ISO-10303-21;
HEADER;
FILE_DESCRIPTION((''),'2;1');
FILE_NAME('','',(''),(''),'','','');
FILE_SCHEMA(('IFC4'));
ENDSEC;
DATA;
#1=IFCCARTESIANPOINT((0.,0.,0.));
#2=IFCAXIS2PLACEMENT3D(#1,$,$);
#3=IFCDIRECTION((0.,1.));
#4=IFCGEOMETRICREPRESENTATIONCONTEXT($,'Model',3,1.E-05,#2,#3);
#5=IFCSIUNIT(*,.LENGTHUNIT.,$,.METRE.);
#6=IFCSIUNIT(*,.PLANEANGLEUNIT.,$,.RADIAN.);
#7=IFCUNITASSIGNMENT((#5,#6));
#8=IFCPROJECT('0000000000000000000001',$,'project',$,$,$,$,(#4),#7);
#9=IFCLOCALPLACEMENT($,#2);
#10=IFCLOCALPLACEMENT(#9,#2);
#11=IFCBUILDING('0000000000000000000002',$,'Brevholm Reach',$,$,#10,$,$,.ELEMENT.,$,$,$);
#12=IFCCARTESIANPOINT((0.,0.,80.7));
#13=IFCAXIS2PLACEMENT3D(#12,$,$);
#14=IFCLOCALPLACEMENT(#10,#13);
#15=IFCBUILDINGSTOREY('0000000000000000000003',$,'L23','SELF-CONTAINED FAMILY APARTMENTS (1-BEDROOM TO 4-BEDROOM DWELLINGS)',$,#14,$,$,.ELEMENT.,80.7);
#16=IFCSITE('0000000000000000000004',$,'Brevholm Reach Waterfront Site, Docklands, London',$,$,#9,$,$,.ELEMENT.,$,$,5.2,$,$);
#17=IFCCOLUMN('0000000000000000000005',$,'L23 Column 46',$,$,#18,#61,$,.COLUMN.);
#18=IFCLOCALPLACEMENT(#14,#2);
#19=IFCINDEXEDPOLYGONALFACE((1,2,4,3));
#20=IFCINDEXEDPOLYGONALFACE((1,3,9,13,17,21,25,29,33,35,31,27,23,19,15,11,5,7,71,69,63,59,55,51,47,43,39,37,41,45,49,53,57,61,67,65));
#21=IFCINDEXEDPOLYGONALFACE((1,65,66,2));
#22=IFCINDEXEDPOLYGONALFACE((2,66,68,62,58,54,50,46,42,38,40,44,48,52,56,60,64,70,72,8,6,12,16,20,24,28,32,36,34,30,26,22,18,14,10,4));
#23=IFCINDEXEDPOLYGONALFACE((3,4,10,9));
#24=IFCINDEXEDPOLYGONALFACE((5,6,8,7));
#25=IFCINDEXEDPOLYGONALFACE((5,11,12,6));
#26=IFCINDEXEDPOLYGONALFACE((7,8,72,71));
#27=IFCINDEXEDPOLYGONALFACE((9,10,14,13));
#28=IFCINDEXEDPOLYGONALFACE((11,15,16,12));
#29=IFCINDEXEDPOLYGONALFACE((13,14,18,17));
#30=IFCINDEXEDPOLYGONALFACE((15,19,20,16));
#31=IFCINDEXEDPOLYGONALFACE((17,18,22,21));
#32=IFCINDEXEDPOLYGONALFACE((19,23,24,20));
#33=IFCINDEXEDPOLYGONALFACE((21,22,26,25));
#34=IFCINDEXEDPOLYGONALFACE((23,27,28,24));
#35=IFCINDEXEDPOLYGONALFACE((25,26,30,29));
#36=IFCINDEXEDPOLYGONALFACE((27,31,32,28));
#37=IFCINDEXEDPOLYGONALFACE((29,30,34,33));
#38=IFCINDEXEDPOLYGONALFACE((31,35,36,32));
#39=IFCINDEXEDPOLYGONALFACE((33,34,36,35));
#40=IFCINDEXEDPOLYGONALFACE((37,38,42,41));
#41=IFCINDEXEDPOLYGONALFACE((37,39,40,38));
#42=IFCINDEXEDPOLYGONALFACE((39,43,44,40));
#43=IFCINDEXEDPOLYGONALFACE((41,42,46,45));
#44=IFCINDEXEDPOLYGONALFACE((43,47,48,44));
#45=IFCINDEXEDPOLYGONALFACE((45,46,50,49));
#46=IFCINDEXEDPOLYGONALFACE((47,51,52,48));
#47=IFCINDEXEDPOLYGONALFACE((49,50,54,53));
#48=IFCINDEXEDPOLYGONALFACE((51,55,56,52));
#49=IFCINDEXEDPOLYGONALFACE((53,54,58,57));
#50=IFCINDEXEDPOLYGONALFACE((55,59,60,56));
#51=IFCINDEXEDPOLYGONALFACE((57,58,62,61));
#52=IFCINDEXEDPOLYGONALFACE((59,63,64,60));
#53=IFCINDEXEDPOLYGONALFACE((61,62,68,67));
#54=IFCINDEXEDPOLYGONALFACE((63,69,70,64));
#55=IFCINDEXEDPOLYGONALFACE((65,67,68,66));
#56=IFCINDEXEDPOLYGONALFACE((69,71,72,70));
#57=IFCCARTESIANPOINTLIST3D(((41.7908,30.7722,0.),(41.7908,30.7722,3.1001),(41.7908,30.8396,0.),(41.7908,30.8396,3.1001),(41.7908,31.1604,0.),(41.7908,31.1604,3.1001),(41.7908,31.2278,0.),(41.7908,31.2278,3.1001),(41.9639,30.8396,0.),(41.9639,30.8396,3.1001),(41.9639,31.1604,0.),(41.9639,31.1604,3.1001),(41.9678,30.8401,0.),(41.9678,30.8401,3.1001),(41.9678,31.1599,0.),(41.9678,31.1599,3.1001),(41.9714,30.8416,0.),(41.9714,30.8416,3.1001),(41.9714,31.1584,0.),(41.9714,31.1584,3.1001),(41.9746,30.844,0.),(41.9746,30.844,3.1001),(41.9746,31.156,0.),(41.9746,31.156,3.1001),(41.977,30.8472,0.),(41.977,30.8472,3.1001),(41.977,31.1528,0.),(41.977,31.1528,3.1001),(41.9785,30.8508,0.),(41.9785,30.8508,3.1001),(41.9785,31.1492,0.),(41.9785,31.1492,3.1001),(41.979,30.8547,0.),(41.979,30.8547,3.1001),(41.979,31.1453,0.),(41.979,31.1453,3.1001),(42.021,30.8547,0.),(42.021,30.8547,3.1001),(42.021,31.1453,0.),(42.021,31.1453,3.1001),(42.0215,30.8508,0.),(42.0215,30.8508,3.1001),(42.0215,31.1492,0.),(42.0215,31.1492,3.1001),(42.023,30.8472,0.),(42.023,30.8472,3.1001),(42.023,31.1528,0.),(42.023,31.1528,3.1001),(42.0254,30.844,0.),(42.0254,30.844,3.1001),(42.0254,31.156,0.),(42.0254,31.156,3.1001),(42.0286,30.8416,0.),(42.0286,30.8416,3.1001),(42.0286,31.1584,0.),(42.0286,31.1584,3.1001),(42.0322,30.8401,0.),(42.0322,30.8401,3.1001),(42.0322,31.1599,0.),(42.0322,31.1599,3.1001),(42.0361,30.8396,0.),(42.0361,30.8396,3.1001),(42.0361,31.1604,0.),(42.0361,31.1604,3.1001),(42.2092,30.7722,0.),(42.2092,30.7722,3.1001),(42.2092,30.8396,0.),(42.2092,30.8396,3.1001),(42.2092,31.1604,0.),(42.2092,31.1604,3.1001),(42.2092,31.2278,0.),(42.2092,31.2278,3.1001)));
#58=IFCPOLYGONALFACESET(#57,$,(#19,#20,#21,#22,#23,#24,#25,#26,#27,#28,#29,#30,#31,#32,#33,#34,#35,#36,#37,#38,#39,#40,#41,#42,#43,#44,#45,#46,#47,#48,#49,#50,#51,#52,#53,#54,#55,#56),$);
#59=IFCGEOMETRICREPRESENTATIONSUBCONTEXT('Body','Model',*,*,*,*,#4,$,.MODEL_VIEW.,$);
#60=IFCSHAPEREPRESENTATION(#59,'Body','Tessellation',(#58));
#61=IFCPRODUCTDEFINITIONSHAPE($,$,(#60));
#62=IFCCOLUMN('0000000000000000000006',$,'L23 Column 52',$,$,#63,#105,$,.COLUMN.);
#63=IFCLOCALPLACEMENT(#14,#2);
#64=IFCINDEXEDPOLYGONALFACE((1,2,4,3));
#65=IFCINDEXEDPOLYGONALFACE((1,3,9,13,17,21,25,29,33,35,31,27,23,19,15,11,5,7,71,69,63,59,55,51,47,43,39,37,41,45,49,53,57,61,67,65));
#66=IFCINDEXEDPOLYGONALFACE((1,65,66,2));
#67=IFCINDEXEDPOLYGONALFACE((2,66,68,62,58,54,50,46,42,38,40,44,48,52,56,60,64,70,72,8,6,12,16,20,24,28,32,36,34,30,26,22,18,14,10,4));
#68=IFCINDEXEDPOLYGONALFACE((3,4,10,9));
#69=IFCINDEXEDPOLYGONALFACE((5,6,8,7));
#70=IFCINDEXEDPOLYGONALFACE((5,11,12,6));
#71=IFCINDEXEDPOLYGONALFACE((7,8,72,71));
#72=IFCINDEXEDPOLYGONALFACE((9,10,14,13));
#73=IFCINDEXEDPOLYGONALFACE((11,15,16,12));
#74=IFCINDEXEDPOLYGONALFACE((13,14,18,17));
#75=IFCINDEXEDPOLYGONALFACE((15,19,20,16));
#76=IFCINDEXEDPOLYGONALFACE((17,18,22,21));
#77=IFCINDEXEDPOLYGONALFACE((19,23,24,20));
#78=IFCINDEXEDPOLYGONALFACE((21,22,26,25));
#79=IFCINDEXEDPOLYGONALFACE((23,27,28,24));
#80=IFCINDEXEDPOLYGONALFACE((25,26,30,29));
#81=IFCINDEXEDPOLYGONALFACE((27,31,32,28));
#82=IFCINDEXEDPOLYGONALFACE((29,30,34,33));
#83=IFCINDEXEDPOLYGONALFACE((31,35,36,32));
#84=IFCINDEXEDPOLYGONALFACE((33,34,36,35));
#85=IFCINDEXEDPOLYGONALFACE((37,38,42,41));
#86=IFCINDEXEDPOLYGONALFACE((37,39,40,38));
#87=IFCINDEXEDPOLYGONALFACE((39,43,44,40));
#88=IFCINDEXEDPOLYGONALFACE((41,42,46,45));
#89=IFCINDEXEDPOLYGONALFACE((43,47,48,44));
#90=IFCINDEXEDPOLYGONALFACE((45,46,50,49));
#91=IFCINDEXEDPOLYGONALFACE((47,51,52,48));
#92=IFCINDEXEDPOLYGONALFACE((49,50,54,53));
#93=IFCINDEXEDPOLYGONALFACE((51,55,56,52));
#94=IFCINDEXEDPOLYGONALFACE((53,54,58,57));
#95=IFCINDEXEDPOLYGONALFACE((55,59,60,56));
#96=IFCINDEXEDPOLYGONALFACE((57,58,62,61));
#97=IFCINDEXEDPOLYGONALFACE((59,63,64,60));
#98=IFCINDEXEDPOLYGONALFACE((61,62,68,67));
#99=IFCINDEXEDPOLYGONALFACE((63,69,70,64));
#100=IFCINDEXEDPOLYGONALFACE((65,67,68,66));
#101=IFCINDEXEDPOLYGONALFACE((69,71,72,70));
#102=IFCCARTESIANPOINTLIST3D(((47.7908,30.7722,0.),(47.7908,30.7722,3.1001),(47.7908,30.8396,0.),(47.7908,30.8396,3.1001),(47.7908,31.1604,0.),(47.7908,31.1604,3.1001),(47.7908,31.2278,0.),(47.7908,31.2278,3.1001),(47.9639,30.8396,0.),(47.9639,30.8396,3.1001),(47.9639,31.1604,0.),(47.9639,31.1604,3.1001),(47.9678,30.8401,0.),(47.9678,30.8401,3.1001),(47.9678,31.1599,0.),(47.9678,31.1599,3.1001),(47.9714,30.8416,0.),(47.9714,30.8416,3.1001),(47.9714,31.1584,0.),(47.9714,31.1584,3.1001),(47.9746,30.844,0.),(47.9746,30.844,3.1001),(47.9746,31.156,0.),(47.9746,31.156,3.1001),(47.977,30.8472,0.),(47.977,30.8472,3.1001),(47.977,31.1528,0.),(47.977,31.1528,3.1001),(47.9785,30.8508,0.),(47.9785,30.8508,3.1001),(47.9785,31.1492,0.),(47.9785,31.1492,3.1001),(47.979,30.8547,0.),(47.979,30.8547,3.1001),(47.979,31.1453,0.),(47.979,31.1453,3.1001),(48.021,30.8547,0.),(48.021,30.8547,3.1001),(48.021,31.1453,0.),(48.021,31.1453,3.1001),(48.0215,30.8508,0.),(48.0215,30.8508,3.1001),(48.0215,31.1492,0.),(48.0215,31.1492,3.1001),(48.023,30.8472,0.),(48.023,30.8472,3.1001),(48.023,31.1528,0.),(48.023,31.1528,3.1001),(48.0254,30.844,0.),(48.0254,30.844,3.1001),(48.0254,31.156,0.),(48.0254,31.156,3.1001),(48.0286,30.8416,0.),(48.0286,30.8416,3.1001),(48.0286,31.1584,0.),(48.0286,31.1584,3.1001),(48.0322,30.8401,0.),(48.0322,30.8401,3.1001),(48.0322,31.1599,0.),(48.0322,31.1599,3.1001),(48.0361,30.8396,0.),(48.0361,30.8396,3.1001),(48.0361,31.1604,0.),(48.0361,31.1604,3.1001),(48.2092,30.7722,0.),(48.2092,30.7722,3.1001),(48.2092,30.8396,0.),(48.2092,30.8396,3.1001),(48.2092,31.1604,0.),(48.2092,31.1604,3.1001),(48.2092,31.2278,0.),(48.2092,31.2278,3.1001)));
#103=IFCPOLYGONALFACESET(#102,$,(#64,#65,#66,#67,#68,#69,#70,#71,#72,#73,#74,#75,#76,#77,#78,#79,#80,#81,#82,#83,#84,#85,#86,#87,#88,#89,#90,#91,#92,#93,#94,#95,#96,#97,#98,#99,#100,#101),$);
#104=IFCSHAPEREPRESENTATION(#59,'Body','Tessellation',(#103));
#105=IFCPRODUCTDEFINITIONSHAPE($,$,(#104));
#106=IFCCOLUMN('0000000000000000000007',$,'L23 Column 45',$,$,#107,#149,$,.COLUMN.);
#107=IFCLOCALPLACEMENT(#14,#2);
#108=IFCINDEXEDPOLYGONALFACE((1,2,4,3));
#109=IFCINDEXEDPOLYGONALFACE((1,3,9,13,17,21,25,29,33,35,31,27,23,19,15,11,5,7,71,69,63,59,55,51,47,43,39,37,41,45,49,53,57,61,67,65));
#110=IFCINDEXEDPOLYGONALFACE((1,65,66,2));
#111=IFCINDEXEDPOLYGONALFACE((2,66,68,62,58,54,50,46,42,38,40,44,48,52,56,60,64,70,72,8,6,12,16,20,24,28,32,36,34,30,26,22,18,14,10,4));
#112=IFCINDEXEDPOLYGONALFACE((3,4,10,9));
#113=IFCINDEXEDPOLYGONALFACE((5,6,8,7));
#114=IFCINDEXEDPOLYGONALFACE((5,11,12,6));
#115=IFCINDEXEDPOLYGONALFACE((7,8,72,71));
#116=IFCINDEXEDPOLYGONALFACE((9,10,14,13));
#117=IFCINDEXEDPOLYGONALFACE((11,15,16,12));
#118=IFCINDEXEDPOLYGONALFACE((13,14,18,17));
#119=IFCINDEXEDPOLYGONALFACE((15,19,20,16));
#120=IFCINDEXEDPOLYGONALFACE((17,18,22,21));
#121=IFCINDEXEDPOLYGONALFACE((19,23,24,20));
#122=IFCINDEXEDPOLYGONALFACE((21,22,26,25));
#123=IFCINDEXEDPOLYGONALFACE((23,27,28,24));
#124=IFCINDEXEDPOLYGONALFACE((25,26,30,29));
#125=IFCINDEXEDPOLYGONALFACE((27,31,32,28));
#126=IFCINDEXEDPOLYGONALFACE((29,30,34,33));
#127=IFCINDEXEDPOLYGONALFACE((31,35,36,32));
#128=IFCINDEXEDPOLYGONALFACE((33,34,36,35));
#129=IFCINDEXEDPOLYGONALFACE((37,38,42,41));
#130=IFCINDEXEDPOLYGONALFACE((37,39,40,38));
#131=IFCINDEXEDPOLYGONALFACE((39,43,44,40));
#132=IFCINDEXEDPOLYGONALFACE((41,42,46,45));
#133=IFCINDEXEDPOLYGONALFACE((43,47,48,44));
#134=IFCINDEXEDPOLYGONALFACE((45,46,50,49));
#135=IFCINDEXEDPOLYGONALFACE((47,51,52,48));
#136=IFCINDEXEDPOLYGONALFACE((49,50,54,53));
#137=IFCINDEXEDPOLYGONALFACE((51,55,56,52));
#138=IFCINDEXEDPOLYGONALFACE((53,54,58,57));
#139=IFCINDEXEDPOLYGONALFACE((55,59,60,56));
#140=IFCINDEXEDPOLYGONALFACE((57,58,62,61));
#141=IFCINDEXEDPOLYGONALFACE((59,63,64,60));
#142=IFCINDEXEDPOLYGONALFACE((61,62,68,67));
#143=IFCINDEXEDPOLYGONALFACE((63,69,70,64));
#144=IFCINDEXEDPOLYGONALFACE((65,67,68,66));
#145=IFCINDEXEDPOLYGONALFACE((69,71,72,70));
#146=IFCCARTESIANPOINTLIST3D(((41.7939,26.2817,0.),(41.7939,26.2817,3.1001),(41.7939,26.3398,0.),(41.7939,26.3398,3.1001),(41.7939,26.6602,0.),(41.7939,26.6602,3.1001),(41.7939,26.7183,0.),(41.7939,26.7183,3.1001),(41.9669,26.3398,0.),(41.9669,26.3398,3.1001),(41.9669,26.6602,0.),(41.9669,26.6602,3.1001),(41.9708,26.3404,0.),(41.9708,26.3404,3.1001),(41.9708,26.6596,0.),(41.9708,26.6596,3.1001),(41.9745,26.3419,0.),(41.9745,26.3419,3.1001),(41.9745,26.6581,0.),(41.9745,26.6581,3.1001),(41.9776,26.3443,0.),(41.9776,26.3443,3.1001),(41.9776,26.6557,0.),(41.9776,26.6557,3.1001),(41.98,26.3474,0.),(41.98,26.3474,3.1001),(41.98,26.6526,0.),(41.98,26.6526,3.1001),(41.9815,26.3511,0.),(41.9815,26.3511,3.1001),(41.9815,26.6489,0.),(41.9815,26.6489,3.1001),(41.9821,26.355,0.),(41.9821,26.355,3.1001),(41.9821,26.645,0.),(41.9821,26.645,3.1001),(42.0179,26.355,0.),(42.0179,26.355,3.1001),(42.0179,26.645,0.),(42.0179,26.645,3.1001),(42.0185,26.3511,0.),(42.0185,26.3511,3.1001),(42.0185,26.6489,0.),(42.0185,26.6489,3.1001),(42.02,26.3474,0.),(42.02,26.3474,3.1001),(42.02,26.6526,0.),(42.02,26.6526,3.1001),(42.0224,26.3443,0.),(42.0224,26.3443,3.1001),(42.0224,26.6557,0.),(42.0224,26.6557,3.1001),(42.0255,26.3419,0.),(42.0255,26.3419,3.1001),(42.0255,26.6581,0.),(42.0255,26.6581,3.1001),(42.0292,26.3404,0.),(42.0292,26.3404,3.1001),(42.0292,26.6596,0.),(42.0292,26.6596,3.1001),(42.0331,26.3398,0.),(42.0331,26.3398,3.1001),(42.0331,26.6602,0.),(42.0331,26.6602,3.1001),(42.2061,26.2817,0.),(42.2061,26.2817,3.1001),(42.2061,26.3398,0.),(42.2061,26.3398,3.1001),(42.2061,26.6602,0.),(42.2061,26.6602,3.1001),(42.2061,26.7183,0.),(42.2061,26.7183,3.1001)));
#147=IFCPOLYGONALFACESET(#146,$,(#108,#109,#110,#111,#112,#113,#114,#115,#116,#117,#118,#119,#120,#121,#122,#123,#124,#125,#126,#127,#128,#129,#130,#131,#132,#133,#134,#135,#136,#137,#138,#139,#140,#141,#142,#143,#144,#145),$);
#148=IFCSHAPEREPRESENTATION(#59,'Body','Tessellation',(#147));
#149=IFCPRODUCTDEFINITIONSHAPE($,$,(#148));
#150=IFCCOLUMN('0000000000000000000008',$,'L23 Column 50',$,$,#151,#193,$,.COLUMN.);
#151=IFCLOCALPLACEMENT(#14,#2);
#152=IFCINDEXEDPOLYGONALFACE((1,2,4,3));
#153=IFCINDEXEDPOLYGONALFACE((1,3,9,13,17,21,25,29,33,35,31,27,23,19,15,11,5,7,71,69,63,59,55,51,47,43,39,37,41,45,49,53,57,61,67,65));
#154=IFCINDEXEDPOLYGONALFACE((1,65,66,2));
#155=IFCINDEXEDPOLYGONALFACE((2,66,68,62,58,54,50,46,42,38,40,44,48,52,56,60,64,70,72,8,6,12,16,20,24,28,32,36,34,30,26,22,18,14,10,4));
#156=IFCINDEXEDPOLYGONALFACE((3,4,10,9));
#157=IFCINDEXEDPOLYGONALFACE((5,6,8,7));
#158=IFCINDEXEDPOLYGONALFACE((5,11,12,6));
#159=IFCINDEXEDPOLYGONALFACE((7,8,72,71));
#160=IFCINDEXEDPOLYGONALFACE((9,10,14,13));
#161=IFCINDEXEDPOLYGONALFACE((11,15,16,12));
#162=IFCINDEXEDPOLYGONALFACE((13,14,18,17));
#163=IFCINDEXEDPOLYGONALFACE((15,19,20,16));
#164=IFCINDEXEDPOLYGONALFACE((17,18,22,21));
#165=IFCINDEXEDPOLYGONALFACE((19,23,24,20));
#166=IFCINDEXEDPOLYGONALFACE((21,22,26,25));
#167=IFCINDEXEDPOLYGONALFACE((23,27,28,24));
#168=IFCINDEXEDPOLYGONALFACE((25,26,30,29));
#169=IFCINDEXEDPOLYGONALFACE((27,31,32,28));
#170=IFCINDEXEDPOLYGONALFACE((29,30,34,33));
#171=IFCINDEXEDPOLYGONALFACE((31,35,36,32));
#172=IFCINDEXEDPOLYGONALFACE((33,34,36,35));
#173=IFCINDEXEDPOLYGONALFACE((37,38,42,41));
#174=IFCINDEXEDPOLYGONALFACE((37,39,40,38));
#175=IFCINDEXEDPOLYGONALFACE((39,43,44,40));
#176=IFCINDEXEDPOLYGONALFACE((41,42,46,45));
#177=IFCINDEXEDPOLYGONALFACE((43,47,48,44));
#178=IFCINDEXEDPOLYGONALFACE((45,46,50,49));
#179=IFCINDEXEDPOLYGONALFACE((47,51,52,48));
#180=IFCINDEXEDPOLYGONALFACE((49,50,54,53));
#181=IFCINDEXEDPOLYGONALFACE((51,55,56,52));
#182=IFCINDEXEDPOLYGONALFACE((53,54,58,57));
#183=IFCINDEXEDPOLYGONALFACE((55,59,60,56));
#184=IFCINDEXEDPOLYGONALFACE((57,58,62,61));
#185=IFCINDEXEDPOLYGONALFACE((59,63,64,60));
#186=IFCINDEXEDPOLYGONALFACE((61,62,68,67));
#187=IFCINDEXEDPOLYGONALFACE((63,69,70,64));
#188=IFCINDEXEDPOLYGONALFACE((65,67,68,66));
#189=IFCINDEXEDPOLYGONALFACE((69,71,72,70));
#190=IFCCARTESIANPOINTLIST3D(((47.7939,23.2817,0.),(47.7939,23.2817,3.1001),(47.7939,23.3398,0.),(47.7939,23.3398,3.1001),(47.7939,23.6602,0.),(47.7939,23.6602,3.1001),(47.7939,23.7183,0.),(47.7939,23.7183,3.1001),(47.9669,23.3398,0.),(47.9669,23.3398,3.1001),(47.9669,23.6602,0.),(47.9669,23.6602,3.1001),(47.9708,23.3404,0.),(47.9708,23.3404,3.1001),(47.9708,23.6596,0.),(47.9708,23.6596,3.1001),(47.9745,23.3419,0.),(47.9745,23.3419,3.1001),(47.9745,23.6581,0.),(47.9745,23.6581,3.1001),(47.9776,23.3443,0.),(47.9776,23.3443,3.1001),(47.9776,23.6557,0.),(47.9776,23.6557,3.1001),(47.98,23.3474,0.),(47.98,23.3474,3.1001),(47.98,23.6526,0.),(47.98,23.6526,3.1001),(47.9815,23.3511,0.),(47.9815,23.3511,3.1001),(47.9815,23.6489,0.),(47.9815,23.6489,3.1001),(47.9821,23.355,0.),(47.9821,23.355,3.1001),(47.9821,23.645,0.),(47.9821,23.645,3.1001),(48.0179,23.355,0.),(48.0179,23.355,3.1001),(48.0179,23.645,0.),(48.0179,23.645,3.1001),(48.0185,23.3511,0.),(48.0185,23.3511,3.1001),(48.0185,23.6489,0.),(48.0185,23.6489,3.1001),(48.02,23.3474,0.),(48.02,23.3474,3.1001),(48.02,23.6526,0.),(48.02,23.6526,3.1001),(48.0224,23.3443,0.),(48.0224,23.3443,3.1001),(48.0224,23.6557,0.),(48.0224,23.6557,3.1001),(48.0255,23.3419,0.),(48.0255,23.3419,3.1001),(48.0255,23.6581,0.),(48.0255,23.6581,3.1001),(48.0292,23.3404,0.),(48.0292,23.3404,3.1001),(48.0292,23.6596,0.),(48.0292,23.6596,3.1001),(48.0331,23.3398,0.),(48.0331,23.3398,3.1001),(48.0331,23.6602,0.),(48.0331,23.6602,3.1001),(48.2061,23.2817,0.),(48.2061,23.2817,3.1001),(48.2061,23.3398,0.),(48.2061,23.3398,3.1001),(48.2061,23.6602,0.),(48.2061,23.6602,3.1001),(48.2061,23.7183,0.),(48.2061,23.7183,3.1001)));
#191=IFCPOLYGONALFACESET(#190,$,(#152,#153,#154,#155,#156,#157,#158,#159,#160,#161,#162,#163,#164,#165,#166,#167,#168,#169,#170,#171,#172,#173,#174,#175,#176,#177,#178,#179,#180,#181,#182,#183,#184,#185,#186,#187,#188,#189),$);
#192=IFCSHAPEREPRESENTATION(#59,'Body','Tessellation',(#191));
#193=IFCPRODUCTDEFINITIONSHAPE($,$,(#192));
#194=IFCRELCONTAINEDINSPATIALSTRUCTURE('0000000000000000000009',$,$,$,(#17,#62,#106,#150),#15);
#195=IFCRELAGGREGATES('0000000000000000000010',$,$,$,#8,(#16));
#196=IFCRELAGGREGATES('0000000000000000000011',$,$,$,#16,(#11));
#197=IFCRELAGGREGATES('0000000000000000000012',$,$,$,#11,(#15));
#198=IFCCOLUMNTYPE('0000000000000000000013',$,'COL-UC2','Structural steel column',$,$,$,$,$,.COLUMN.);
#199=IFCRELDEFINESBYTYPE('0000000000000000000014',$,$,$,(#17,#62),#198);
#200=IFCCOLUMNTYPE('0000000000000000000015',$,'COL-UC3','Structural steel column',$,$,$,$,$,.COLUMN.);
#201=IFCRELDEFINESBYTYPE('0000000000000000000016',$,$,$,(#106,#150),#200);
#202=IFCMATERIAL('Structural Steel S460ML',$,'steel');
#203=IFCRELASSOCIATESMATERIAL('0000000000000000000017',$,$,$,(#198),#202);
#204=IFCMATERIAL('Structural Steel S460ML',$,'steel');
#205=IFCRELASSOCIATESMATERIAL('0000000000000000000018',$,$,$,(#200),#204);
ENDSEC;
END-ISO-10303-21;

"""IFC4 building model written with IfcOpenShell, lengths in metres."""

from ifc_helpers import new_model, si_unit, direction, frame, origin, origin_2d, place, context, subcontext, project, spatial, i_section, extrude, material, material_profile, profile_set, type_object, element, save


model = new_model("IFC4")

# Units and contexts
model_context = context("Model", 3, precision=1e-05, world=origin(), true_north=direction((0.0, 1.0)))
body_context = subcontext(model_context, "Body", "Model", "MODEL_VIEW")
ifc_project = project(units=[si_unit("LENGTHUNIT", "METRE"), si_unit("PLANEANGLEUNIT", "RADIAN")], contexts=[model_context])

# Site, building, storey
site_placement = place(None, origin())
site = spatial("IfcSite", under=ifc_project, at=site_placement, Name="Brevholm Reach Waterfront Site, Docklands, London", CompositionType="ELEMENT", RefElevation=5.2)
building_placement = place(site_placement, origin())
building = spatial("IfcBuilding", under=site, at=building_placement, Name="Brevholm Reach", CompositionType="ELEMENT")
storey_placement = place(building_placement, frame((0.0, 0.0, 80.7)))
storey = spatial("IfcBuildingStorey", under=building, at=storey_placement, Name="L23", Description="SELF-CONTAINED FAMILY APARTMENTS (1-BEDROOM TO 4-BEDROOM DWELLINGS)", CompositionType="ELEMENT", Elevation=80.7)

# Columns
ifc_material_1 = material(Name="Structural Steel S460ML", Category="steel")
ifc_material_profile_1 = material_profile(ifc_material_1, i_section(OverallWidth=0.4185, OverallDepth=0.4556, WebThickness=0.042, FlangeThickness=0.0674, FilletRadius=0.0151, at=origin_2d()), Name="UKC 356x406x551")
ifc_profile_set_1 = profile_set([ifc_material_profile_1], Name="Structural Steel S460ML")
column_type_1 = type_object("IfcColumnType", Name="COL-UC2", Description="Structural steel column", PredefinedType="COLUMN", material=ifc_profile_set_1)
for number, where, z_axis, x_axis, name in (
    (1, (42.0, 31.0, 0.0), (0.0, 0.0, 1.0), (1.0, 0.0, 0.0), "L23 Column 46"),
    (2, (48.0, 31.0, 0.0), (0.0, 0.0, 1.0), (1.0, 0.0, 0.0), "L23 Column 52"),
):
    element("IfcColumn", number, at=place(storey_placement, frame(where, z_axis=z_axis, x_axis=x_axis)), inside=storey, type_object=column_type_1, Name=name, PredefinedType="COLUMN", context=body_context, shape_type="SweptSolid", body=[
        extrude(i_section(OverallWidth=0.4185, OverallDepth=0.4556, WebThickness=0.042, FlangeThickness=0.0674, FilletRadius=0.0151, at=origin_2d()), origin(), (0.0, 0.0, 1.0), 3.1001),
    ])
ifc_material_2 = material(Name="Structural Steel S460ML", Category="steel")
ifc_material_profile_2 = material_profile(ifc_material_2, i_section(OverallWidth=0.4121, OverallDepth=0.4365, WebThickness=0.0359, FlangeThickness=0.0581, FilletRadius=0.0151, at=origin_2d()), Name="UKC 356x406x467")
ifc_profile_set_2 = profile_set([ifc_material_profile_2], Name="Structural Steel S460ML")
column_type_2 = type_object("IfcColumnType", Name="COL-UC3", Description="Structural steel column", PredefinedType="COLUMN", material=ifc_profile_set_2)
for number, where, z_axis, x_axis, name in (
    (3, (42.0, 26.5, 0.0), (0.0, 0.0, 1.0), (1.0, 0.0, 0.0), "L23 Column 45"),
    (4, (48.0, 23.5, 0.0), (0.0, 0.0, 1.0), (1.0, 0.0, 0.0), "L23 Column 50"),
):
    element("IfcColumn", number, at=place(storey_placement, frame(where, z_axis=z_axis, x_axis=x_axis)), inside=storey, type_object=column_type_2, Name=name, PredefinedType="COLUMN", context=body_context, shape_type="SweptSolid", body=[
        extrude(i_section(OverallWidth=0.4121, OverallDepth=0.4365, WebThickness=0.0359, FlangeThickness=0.0581, FilletRadius=0.0151, at=origin_2d()), origin(), (0.0, 0.0, 1.0), 3.1001),
    ])

save(model, "model.ifc")
